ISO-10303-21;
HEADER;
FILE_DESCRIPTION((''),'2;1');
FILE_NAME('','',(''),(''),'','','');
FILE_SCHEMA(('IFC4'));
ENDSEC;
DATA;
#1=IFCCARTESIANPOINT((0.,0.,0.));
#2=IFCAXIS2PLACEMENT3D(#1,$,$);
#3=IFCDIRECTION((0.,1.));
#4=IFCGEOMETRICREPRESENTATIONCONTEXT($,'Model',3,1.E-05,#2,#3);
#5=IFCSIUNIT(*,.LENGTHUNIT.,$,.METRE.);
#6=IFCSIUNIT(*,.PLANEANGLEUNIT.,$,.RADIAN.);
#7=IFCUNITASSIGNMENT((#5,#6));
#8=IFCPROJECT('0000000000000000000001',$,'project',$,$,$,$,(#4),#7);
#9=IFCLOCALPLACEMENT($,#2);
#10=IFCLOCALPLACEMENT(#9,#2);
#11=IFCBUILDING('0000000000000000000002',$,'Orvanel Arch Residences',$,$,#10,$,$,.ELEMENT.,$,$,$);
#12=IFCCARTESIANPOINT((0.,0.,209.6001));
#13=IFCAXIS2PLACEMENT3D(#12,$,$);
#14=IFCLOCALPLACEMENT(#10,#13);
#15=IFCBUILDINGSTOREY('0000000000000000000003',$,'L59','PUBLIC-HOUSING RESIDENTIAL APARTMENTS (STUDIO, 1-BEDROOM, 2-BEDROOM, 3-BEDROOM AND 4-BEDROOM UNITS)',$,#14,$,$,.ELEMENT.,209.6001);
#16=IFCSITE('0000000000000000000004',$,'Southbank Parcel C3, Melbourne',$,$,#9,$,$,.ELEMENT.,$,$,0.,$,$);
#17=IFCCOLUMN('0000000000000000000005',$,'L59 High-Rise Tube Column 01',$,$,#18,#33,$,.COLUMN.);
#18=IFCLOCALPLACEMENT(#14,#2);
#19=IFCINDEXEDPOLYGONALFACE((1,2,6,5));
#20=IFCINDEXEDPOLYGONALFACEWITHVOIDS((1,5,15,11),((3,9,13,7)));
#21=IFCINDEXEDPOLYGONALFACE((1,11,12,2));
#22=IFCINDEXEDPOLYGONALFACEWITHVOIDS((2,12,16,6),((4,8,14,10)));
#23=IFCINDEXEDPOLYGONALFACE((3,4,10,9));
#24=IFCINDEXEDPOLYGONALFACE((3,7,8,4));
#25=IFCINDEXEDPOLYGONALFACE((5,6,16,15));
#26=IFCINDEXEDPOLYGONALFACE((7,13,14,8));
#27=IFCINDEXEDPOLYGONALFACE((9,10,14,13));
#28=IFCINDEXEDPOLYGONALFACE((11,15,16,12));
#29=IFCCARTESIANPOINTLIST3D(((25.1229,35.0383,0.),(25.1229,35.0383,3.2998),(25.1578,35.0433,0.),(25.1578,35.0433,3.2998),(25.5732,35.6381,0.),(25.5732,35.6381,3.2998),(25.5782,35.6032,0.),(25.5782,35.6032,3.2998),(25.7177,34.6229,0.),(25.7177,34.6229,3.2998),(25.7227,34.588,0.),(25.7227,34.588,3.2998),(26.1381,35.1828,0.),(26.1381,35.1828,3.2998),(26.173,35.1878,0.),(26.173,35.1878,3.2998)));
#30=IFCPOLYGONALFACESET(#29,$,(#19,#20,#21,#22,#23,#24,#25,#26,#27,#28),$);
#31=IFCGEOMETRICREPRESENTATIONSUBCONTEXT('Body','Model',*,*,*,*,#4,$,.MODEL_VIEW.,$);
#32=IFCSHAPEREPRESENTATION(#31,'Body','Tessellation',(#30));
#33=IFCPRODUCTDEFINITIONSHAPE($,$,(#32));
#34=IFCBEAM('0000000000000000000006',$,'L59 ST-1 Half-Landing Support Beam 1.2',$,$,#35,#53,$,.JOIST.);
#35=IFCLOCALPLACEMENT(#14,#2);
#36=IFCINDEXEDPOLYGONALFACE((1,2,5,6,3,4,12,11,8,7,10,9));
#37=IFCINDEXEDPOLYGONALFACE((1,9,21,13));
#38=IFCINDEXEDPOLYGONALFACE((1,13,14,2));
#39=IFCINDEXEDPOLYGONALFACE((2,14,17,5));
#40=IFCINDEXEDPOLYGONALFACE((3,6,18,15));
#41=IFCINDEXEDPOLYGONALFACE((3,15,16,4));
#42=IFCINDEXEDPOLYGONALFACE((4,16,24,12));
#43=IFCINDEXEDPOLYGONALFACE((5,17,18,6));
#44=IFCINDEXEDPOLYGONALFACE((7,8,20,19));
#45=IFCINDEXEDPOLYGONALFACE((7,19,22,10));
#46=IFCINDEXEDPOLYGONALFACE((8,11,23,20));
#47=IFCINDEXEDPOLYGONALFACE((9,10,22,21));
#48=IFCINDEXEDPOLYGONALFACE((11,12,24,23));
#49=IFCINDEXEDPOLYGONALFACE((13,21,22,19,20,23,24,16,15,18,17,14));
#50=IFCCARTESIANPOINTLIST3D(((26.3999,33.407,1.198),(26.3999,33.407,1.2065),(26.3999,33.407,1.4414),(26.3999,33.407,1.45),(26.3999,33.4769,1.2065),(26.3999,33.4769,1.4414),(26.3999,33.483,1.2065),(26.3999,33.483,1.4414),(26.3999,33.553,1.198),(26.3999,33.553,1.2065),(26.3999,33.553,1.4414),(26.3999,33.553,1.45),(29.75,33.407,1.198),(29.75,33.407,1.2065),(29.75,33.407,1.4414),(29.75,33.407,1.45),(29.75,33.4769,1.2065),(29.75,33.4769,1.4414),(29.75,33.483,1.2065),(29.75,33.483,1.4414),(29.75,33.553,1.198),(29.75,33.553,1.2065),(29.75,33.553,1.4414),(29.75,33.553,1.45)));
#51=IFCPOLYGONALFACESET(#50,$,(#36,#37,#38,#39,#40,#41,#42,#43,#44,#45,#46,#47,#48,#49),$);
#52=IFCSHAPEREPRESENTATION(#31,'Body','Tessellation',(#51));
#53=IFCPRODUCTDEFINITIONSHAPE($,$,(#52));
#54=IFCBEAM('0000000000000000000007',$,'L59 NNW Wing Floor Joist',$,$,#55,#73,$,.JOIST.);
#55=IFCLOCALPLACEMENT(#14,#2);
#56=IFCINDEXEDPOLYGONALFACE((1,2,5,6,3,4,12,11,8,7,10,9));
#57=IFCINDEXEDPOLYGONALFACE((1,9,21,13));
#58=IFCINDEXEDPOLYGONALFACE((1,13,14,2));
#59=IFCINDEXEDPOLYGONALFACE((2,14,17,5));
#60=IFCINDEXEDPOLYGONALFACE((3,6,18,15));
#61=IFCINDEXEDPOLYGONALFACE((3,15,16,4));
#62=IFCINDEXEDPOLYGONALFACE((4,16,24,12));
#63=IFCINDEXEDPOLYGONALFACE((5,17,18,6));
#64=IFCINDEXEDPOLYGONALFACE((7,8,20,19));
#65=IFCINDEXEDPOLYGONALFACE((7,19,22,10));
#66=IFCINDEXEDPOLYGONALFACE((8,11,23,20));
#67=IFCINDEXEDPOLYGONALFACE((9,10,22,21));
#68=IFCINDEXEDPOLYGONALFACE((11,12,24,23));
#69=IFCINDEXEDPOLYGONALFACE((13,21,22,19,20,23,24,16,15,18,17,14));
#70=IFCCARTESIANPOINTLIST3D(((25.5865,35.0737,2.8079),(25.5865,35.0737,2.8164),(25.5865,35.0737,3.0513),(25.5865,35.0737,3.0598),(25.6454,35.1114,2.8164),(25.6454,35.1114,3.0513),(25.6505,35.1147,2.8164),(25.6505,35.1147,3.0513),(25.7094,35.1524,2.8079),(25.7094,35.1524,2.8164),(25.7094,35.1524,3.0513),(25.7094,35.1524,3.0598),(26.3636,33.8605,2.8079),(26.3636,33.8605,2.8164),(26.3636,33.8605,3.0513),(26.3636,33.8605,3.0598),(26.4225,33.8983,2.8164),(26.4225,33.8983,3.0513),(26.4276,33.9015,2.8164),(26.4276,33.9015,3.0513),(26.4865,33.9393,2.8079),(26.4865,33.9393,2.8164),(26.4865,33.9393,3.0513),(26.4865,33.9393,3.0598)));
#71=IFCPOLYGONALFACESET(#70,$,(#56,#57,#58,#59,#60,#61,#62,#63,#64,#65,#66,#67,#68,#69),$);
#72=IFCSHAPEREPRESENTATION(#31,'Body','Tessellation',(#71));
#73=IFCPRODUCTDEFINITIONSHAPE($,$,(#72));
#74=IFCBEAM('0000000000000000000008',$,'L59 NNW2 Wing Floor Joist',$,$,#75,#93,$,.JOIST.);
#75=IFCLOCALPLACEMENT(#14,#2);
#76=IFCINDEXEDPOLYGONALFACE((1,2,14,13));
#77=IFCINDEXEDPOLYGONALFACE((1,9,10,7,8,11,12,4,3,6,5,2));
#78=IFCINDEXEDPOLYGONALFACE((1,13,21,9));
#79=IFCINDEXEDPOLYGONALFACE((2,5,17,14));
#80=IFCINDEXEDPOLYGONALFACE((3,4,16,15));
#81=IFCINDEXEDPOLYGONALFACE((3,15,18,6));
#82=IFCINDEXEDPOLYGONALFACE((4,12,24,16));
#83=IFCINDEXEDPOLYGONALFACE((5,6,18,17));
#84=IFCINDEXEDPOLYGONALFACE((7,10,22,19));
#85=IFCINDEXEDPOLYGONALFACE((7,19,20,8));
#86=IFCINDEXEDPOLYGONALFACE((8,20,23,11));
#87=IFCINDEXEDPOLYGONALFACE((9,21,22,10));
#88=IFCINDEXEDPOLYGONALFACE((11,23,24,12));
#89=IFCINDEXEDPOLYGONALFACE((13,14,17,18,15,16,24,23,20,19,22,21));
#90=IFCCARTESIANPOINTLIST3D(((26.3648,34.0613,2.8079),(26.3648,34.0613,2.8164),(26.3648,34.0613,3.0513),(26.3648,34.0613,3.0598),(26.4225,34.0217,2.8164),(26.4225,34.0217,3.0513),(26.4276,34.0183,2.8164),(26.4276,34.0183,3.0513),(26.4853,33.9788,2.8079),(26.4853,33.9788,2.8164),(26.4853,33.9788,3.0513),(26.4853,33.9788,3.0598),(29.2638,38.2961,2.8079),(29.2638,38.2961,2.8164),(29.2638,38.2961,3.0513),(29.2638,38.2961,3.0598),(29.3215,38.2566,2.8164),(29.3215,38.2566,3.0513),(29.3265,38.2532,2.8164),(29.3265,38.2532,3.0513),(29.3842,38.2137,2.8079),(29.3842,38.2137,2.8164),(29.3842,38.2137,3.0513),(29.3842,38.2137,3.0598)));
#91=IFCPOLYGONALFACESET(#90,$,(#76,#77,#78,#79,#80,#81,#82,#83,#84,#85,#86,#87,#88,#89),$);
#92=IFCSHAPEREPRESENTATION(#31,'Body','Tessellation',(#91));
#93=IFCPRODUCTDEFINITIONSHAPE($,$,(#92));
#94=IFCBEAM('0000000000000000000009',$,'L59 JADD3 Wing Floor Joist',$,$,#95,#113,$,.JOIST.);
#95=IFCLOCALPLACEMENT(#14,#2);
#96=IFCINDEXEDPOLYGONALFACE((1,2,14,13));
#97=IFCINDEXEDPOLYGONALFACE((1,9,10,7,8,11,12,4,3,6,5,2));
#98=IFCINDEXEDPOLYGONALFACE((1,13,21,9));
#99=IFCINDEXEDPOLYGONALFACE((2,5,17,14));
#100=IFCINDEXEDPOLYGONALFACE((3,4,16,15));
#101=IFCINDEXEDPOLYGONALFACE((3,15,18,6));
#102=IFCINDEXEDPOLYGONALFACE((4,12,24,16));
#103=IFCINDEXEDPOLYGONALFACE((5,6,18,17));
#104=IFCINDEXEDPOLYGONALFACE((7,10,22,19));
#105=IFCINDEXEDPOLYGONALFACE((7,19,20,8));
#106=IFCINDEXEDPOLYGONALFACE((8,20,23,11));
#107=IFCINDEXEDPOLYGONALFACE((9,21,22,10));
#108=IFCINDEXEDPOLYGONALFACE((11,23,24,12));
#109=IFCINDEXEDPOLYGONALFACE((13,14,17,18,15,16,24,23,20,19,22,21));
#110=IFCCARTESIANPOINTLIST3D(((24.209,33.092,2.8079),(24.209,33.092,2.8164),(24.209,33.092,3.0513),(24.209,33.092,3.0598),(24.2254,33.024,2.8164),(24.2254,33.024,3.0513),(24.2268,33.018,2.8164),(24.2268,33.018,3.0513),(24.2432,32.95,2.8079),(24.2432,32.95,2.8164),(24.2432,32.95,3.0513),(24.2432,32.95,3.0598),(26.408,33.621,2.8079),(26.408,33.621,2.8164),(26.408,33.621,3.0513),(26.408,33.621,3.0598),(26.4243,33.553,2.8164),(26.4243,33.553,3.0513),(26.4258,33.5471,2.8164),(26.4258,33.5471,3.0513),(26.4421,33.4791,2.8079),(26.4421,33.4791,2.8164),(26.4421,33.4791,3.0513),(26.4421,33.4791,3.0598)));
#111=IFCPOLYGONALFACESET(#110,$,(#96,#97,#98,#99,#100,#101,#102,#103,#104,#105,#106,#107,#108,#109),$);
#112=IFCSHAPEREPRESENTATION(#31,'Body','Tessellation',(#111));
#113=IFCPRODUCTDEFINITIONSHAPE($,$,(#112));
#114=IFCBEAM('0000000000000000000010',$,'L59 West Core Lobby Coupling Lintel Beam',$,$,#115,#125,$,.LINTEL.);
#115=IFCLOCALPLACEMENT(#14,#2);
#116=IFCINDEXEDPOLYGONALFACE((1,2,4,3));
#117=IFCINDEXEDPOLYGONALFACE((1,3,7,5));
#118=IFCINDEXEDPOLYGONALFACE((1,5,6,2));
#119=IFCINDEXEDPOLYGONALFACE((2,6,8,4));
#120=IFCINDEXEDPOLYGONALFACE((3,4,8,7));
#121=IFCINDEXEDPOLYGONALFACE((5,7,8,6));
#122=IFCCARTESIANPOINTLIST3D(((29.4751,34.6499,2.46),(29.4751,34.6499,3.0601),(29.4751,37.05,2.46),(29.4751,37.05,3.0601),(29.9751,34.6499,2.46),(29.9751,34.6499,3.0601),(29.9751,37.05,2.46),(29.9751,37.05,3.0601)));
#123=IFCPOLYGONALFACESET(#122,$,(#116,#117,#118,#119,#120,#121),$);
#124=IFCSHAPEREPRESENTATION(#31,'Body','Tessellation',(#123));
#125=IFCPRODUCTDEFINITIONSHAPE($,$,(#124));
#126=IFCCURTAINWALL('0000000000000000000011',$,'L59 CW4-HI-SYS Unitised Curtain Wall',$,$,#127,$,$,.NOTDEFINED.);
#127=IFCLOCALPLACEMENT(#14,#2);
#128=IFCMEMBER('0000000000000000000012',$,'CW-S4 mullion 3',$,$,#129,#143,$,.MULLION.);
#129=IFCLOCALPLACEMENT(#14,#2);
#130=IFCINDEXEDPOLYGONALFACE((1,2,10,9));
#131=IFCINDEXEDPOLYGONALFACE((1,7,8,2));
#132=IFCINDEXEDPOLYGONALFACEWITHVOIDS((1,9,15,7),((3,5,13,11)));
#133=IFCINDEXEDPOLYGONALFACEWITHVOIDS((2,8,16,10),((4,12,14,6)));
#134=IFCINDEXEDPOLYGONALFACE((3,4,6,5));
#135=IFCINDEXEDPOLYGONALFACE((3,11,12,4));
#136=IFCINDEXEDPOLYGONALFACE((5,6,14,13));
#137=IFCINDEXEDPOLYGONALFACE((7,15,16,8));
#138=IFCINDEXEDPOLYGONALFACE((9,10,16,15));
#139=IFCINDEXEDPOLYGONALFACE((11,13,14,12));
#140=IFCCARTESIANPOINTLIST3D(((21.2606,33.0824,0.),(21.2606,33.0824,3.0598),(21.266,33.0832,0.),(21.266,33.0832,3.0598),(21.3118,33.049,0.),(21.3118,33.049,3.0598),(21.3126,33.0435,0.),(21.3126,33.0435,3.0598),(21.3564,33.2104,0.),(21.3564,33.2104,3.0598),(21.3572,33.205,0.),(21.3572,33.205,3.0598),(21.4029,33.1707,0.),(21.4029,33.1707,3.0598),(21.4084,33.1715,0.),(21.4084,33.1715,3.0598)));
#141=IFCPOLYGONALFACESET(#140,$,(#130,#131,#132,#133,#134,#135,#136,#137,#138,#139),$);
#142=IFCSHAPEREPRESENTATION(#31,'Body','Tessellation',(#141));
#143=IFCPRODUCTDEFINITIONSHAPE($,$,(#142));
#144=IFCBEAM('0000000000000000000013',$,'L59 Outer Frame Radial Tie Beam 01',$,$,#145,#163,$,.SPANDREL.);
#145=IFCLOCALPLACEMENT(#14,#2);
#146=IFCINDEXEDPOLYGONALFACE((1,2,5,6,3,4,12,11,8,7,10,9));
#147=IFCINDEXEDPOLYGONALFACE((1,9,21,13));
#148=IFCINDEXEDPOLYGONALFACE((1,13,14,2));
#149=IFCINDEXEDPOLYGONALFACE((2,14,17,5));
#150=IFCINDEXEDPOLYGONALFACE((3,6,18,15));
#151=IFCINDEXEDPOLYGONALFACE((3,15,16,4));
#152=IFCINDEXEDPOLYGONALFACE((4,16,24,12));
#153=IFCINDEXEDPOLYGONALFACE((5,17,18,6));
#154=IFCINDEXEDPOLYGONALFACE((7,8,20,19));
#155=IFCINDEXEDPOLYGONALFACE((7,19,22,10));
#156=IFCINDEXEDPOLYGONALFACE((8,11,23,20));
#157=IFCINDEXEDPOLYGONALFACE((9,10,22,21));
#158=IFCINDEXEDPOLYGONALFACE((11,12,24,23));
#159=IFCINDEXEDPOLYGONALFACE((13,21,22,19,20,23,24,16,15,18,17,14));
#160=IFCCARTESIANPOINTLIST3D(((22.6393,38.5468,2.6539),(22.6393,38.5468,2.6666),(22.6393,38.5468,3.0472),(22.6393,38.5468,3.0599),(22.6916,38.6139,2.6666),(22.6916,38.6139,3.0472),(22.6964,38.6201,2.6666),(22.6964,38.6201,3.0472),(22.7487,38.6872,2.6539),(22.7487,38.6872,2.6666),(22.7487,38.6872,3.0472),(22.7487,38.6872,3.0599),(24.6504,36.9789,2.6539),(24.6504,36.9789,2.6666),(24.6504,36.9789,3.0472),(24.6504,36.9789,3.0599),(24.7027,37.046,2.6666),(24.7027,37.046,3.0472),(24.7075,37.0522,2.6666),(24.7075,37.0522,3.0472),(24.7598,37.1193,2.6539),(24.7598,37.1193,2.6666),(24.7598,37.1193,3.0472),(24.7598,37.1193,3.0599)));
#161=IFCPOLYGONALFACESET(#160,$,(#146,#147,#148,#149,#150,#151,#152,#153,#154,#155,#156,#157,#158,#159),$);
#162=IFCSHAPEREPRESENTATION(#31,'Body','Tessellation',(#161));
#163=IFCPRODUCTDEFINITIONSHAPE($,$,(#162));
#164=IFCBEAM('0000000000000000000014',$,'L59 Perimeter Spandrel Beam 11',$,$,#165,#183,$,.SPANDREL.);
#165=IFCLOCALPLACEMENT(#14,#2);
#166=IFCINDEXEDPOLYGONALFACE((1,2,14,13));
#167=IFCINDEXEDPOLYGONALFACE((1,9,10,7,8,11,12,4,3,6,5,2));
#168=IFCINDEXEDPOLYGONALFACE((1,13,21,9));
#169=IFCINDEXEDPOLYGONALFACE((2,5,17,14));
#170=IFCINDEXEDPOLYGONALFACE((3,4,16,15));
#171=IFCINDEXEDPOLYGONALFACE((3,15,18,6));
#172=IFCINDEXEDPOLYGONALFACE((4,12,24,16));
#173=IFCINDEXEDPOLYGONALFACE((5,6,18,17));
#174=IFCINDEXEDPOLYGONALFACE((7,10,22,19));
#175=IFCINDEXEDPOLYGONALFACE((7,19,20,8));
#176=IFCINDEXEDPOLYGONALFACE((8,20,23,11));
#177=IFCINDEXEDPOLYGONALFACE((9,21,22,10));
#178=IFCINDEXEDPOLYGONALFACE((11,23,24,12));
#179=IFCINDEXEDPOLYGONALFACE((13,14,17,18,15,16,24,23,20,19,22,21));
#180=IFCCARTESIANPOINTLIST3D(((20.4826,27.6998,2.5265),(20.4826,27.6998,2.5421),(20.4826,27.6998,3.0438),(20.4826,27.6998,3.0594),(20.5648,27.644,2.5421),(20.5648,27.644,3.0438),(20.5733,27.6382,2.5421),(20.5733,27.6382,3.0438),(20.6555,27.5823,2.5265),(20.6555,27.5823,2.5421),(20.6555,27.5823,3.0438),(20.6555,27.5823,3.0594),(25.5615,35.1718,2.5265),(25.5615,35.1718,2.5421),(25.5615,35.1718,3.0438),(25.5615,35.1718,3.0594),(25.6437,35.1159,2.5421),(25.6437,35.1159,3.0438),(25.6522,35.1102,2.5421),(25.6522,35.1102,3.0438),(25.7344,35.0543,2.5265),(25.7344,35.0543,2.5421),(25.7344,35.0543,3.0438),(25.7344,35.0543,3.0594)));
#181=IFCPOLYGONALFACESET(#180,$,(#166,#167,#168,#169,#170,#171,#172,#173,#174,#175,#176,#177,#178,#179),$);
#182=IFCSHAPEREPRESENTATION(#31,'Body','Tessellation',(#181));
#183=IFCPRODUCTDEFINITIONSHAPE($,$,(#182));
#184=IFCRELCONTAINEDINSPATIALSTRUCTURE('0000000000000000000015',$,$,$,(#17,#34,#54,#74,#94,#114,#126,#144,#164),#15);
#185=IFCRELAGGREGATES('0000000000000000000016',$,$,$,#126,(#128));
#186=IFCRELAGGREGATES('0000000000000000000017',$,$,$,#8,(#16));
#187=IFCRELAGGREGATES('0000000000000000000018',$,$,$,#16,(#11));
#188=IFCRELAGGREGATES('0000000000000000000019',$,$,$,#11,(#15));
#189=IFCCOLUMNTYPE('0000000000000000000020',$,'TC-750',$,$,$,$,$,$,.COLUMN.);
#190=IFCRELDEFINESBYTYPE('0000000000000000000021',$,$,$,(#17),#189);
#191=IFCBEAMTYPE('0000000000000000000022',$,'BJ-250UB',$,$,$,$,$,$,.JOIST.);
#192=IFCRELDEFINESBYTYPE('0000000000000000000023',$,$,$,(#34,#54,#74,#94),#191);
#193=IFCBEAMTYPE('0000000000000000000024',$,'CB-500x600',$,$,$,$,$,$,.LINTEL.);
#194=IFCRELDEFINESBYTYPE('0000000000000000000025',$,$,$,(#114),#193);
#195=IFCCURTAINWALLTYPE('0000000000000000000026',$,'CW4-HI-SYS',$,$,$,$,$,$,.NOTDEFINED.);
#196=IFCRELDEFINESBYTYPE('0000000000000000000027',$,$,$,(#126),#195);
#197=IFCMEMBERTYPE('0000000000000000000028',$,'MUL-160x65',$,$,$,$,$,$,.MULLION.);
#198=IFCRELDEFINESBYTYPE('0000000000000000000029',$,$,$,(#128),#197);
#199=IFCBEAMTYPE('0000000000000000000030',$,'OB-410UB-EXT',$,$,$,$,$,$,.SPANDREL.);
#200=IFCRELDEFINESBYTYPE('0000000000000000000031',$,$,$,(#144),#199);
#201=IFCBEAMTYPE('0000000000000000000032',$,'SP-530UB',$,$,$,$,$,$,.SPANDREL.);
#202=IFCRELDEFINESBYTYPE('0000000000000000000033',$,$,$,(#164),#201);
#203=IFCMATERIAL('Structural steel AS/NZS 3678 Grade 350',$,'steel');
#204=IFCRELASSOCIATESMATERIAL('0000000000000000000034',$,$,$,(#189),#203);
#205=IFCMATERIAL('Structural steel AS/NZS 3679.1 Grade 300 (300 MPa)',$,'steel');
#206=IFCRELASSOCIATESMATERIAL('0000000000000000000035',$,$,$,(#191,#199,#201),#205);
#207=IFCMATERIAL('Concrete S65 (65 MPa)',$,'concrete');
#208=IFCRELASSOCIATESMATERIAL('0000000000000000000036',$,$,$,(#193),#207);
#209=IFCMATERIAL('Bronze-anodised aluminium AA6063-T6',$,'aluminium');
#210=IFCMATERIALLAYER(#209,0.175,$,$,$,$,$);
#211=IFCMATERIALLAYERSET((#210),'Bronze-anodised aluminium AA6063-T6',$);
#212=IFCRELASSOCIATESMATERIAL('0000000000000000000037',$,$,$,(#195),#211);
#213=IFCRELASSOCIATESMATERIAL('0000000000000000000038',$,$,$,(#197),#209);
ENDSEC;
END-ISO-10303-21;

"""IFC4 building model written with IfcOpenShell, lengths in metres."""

from ifc_helpers import new_model, si_unit, direction, frame, origin, origin_2d, place, context, subcontext, project, spatial, rectangle, hollow_rectangle, i_section, extrude, material, layer, layer_set, material_profile, profile_set, type_object, element, aggregate, save


model = new_model("IFC4")

# Units and contexts
model_context = context("Model", 3, precision=1e-05, world=origin(), true_north=direction((0.0, 1.0)))
body_context = subcontext(model_context, "Body", "Model", "MODEL_VIEW")
ifc_project = project(units=[si_unit("LENGTHUNIT", "METRE"), si_unit("PLANEANGLEUNIT", "RADIAN")], contexts=[model_context])

# Site, building, storey
site_placement = place(None, origin())
site = spatial("IfcSite", under=ifc_project, at=site_placement, Name="Southbank Parcel C3, Melbourne", CompositionType="ELEMENT", RefElevation=0.0)
building_placement = place(site_placement, origin())
building = spatial("IfcBuilding", under=site, at=building_placement, Name="Orvanel Arch Residences", CompositionType="ELEMENT")
storey_placement = place(building_placement, frame((0.0, 0.0, 209.6001)))
storey = spatial("IfcBuildingStorey", under=building, at=storey_placement, Name="L59", Description="PUBLIC-HOUSING RESIDENTIAL APARTMENTS (STUDIO, 1-BEDROOM, 2-BEDROOM, 3-BEDROOM AND 4-BEDROOM UNITS)", CompositionType="ELEMENT", Elevation=209.6001)

# Column
ifc_material_1 = material(Name="Structural steel AS/NZS 3678 Grade 350", Category="steel")
ifc_material_profile_1 = material_profile(ifc_material_1, hollow_rectangle(XDim=0.75, YDim=0.75, WallThickness=0.0249, at=origin_2d()), Name="BOX750x750x25")
ifc_profile_set_1 = profile_set([ifc_material_profile_1], Name="Structural steel AS/NZS 3678 Grade 350")
column_type = type_object("IfcColumnType", Name="TC-750", PredefinedType="COLUMN", material=ifc_profile_set_1)
column_placement = place(storey_placement, frame((25.6479, 35.113, 0.0), z_axis=(0.0, 0.0, 1.0), x_axis=(0.60042, 0.799685, 0.0)))
element("IfcColumn", 1, at=column_placement, inside=storey, type_object=column_type, Name="L59 High-Rise Tube Column 01", PredefinedType="COLUMN", context=body_context, shape_type="SweptSolid", body=[
    extrude(hollow_rectangle(XDim=0.75, YDim=0.75, WallThickness=0.0249, at=origin_2d()), origin(), (0.0, 0.0, 1.0), 3.2998),
])

# Beams
ifc_material_2 = material(Name="Structural steel AS/NZS 3679.1 Grade 300 (300 MPa)", Category="steel")
ifc_material_profile_2 = material_profile(ifc_material_2, i_section(OverallWidth=0.146, OverallDepth=0.252, WebThickness=0.0061, FlangeThickness=0.0085, at=origin_2d()), Name="250UB31.4")
ifc_profile_set_2 = profile_set([ifc_material_profile_2], Name="Structural steel AS/NZS 3679.1 Grade 300 (300 MPa)")
beam_type_1 = type_object("IfcBeamType", Name="BJ-250UB", PredefinedType="JOIST", material=ifc_profile_set_2)
beam_1_placement = place(storey_placement, frame((26.3999, 33.48, 1.324), z_axis=(1.0, 0.0, 0.0), x_axis=(0.0, 1.0, 0.0)))
element("IfcBeam", 2, at=beam_1_placement, inside=storey, type_object=beam_type_1, Name="L59 ST-1 Half-Landing Support Beam 1.2", PredefinedType="JOIST", context=body_context, shape_type="SweptSolid", body=[
    extrude(i_section(OverallWidth=0.146, OverallDepth=0.252, WebThickness=0.0061, FlangeThickness=0.0085, at=origin_2d()), origin(), (0.0, 0.0, 1.0), 3.3501),
])
beam_2_placement = place(storey_placement, frame((26.425, 33.8999, 2.9338), z_axis=(-0.539395, 0.842053, 0.0), x_axis=(-0.842053, -0.539395, 0.0)))
element("IfcBeam", 3, at=beam_2_placement, inside=storey, type_object=beam_type_1, Name="L59 NNW Wing Floor Joist", PredefinedType="JOIST", context=body_context, shape_type="SweptSolid", body=[
    extrude(i_section(OverallWidth=0.146, OverallDepth=0.252, WebThickness=0.0061, FlangeThickness=0.0085, at=origin_2d()), origin(), (0.0, 0.0, 1.0), 1.4407),
])
beam_3_placement = place(storey_placement, frame((26.425, 34.02, 2.9338), z_axis=(0.564868, 0.825181, 0.0), x_axis=(-0.825181, 0.564868, 0.0)))
element("IfcBeam", 4, at=beam_3_placement, inside=storey, type_object=beam_type_1, Name="L59 NNW2 Wing Floor Joist", PredefinedType="JOIST", context=body_context, shape_type="SweptSolid", body=[
    extrude(i_section(OverallWidth=0.146, OverallDepth=0.252, WebThickness=0.0061, FlangeThickness=0.0085, at=origin_2d()), origin(), (0.0, 0.0, 1.0), 5.1321),
])
beam_4_placement = place(storey_placement, frame((26.425, 33.55, 2.9338), z_axis=(-0.972257, -0.233916, 0.0), x_axis=(0.233916, -0.972257, 0.0)))
element("IfcBeam", 5, at=beam_4_placement, inside=storey, type_object=beam_type_1, Name="L59 JADD3 Wing Floor Joist", PredefinedType="JOIST", context=body_context, shape_type="SweptSolid", body=[
    extrude(i_section(OverallWidth=0.146, OverallDepth=0.252, WebThickness=0.0061, FlangeThickness=0.0085, at=origin_2d()), origin(), (0.0, 0.0, 1.0), 2.2617),
])
ifc_material_3 = material(Name="Concrete S65 (65 MPa)", Category="concrete")
ifc_material_profile_3 = material_profile(ifc_material_3, rectangle(XDim=0.5, YDim=0.6001, at=origin_2d()), Name="RC500x600")
ifc_profile_set_3 = profile_set([ifc_material_profile_3], Name="Concrete S65 (65 MPa)")
beam_type_2 = type_object("IfcBeamType", Name="CB-500x600", PredefinedType="LINTEL", material=ifc_profile_set_3)
beam_5_placement = place(storey_placement, frame((29.7251, 34.6499, 2.76), z_axis=(0.0, 1.0, 0.0), x_axis=(-1.0, 0.0, 0.0)))
element("IfcBeam", 6, at=beam_5_placement, inside=storey, type_object=beam_type_2, Name="L59 West Core Lobby Coupling Lintel Beam", PredefinedType="LINTEL", context=body_context, shape_type="SweptSolid", body=[
    extrude(rectangle(XDim=0.5, YDim=0.6001, at=origin_2d()), origin(), (0.0, 0.0, 1.0), 2.4001),
])

# Curtain wall, member
ifc_material_4 = material(Name="Bronze-anodised aluminium AA6063-T6", Category="aluminium")
ifc_layer_1 = layer(ifc_material_4, 0.175)
ifc_layer_set_1 = layer_set([ifc_layer_1], Name="Bronze-anodised aluminium AA6063-T6")
curtain_wall_type = type_object("IfcCurtainWallType", Name="CW4-HI-SYS", PredefinedType="NOTDEFINED", material=ifc_layer_set_1)
curtain_wall_placement = place(storey_placement, origin())
curtain_wall = element("IfcCurtainWall", 7, at=curtain_wall_placement, inside=storey, type_object=curtain_wall_type, Name="L59 CW4-HI-SYS Unitised Curtain Wall", PredefinedType="NOTDEFINED")
ifc_material_profile_4 = material_profile(ifc_material_4, hollow_rectangle(XDim=0.0649, YDim=0.1599, WallThickness=0.0039, at=origin_2d()), Name="ALU160x65x4")
ifc_profile_set_4 = profile_set([ifc_material_profile_4], Name="Bronze-anodised aluminium AA6063-T6")
member_type = type_object("IfcMemberType", Name="MUL-160x65", PredefinedType="MULLION", material=ifc_profile_set_4)
member_placement = place(storey_placement, frame((21.3345, 33.127, 0.0), z_axis=(0.0, 0.0, 1.0), x_axis=(0.800636, -0.599152, 0.0)))
member = element("IfcMember", 8, at=member_placement, type_object=member_type, Name="CW-S4 mullion 3", PredefinedType="MULLION", context=body_context, shape_type="SweptSolid", body=[
    extrude(hollow_rectangle(XDim=0.0649, YDim=0.1599, WallThickness=0.0039, at=origin_2d()), origin(), (0.0, 0.0, 1.0), 3.0598),
])

# Beams
ifc_material_profile_5 = material_profile(ifc_material_2, i_section(OverallWidth=0.178, OverallDepth=0.406, WebThickness=0.0078, FlangeThickness=0.0127, at=origin_2d()), Name="410UB59.7")
ifc_profile_set_5 = profile_set([ifc_material_profile_5], Name="Structural steel AS/NZS 3679.1 Grade 300 (300 MPa)")
beam_type_3 = type_object("IfcBeamType", Name="OB-410UB-EXT", PredefinedType="SPANDREL", material=ifc_profile_set_5)
beam_6_placement = place(storey_placement, frame((24.7051, 37.0491, 2.8569), z_axis=(-0.788635, 0.614862, 0.0), x_axis=(-0.614862, -0.788635, 0.0)))
element("IfcBeam", 9, at=beam_6_placement, inside=storey, type_object=beam_type_3, Name="L59 Outer Frame Radial Tie Beam 01", PredefinedType="SPANDREL", context=body_context, shape_type="SweptSolid", body=[
    extrude(i_section(OverallWidth=0.178, OverallDepth=0.406, WebThickness=0.0078, FlangeThickness=0.0127, at=origin_2d()), origin(), (0.0, 0.0, 1.0), 2.55),
])
ifc_material_profile_6 = material_profile(ifc_material_2, i_section(OverallWidth=0.209, OverallDepth=0.533, WebThickness=0.0103, FlangeThickness=0.0156, at=origin_2d()), Name="530UB92.4")
ifc_profile_set_6 = profile_set([ifc_material_profile_6], Name="Structural steel AS/NZS 3679.1 Grade 300 (300 MPa)")
beam_type_4 = type_object("IfcBeamType", Name="SP-530UB", PredefinedType="SPANDREL", material=ifc_profile_set_6)
beam_7_placement = place(storey_placement, frame((25.6479, 35.113, 2.793), z_axis=(-0.562155, -0.827032, 0.0), x_axis=(0.827032, -0.562155, 0.0)))
element("IfcBeam", 10, at=beam_7_placement, inside=storey, type_object=beam_type_4, Name="L59 Perimeter Spandrel Beam 11", PredefinedType="SPANDREL", context=body_context, shape_type="SweptSolid", body=[
    extrude(i_section(OverallWidth=0.209, OverallDepth=0.533, WebThickness=0.0103, FlangeThickness=0.0156, at=origin_2d()), origin(), (0.0, 0.0, 1.0), 9.0347),
])

aggregate(curtain_wall, [member])

save(model, "model.ifc")
